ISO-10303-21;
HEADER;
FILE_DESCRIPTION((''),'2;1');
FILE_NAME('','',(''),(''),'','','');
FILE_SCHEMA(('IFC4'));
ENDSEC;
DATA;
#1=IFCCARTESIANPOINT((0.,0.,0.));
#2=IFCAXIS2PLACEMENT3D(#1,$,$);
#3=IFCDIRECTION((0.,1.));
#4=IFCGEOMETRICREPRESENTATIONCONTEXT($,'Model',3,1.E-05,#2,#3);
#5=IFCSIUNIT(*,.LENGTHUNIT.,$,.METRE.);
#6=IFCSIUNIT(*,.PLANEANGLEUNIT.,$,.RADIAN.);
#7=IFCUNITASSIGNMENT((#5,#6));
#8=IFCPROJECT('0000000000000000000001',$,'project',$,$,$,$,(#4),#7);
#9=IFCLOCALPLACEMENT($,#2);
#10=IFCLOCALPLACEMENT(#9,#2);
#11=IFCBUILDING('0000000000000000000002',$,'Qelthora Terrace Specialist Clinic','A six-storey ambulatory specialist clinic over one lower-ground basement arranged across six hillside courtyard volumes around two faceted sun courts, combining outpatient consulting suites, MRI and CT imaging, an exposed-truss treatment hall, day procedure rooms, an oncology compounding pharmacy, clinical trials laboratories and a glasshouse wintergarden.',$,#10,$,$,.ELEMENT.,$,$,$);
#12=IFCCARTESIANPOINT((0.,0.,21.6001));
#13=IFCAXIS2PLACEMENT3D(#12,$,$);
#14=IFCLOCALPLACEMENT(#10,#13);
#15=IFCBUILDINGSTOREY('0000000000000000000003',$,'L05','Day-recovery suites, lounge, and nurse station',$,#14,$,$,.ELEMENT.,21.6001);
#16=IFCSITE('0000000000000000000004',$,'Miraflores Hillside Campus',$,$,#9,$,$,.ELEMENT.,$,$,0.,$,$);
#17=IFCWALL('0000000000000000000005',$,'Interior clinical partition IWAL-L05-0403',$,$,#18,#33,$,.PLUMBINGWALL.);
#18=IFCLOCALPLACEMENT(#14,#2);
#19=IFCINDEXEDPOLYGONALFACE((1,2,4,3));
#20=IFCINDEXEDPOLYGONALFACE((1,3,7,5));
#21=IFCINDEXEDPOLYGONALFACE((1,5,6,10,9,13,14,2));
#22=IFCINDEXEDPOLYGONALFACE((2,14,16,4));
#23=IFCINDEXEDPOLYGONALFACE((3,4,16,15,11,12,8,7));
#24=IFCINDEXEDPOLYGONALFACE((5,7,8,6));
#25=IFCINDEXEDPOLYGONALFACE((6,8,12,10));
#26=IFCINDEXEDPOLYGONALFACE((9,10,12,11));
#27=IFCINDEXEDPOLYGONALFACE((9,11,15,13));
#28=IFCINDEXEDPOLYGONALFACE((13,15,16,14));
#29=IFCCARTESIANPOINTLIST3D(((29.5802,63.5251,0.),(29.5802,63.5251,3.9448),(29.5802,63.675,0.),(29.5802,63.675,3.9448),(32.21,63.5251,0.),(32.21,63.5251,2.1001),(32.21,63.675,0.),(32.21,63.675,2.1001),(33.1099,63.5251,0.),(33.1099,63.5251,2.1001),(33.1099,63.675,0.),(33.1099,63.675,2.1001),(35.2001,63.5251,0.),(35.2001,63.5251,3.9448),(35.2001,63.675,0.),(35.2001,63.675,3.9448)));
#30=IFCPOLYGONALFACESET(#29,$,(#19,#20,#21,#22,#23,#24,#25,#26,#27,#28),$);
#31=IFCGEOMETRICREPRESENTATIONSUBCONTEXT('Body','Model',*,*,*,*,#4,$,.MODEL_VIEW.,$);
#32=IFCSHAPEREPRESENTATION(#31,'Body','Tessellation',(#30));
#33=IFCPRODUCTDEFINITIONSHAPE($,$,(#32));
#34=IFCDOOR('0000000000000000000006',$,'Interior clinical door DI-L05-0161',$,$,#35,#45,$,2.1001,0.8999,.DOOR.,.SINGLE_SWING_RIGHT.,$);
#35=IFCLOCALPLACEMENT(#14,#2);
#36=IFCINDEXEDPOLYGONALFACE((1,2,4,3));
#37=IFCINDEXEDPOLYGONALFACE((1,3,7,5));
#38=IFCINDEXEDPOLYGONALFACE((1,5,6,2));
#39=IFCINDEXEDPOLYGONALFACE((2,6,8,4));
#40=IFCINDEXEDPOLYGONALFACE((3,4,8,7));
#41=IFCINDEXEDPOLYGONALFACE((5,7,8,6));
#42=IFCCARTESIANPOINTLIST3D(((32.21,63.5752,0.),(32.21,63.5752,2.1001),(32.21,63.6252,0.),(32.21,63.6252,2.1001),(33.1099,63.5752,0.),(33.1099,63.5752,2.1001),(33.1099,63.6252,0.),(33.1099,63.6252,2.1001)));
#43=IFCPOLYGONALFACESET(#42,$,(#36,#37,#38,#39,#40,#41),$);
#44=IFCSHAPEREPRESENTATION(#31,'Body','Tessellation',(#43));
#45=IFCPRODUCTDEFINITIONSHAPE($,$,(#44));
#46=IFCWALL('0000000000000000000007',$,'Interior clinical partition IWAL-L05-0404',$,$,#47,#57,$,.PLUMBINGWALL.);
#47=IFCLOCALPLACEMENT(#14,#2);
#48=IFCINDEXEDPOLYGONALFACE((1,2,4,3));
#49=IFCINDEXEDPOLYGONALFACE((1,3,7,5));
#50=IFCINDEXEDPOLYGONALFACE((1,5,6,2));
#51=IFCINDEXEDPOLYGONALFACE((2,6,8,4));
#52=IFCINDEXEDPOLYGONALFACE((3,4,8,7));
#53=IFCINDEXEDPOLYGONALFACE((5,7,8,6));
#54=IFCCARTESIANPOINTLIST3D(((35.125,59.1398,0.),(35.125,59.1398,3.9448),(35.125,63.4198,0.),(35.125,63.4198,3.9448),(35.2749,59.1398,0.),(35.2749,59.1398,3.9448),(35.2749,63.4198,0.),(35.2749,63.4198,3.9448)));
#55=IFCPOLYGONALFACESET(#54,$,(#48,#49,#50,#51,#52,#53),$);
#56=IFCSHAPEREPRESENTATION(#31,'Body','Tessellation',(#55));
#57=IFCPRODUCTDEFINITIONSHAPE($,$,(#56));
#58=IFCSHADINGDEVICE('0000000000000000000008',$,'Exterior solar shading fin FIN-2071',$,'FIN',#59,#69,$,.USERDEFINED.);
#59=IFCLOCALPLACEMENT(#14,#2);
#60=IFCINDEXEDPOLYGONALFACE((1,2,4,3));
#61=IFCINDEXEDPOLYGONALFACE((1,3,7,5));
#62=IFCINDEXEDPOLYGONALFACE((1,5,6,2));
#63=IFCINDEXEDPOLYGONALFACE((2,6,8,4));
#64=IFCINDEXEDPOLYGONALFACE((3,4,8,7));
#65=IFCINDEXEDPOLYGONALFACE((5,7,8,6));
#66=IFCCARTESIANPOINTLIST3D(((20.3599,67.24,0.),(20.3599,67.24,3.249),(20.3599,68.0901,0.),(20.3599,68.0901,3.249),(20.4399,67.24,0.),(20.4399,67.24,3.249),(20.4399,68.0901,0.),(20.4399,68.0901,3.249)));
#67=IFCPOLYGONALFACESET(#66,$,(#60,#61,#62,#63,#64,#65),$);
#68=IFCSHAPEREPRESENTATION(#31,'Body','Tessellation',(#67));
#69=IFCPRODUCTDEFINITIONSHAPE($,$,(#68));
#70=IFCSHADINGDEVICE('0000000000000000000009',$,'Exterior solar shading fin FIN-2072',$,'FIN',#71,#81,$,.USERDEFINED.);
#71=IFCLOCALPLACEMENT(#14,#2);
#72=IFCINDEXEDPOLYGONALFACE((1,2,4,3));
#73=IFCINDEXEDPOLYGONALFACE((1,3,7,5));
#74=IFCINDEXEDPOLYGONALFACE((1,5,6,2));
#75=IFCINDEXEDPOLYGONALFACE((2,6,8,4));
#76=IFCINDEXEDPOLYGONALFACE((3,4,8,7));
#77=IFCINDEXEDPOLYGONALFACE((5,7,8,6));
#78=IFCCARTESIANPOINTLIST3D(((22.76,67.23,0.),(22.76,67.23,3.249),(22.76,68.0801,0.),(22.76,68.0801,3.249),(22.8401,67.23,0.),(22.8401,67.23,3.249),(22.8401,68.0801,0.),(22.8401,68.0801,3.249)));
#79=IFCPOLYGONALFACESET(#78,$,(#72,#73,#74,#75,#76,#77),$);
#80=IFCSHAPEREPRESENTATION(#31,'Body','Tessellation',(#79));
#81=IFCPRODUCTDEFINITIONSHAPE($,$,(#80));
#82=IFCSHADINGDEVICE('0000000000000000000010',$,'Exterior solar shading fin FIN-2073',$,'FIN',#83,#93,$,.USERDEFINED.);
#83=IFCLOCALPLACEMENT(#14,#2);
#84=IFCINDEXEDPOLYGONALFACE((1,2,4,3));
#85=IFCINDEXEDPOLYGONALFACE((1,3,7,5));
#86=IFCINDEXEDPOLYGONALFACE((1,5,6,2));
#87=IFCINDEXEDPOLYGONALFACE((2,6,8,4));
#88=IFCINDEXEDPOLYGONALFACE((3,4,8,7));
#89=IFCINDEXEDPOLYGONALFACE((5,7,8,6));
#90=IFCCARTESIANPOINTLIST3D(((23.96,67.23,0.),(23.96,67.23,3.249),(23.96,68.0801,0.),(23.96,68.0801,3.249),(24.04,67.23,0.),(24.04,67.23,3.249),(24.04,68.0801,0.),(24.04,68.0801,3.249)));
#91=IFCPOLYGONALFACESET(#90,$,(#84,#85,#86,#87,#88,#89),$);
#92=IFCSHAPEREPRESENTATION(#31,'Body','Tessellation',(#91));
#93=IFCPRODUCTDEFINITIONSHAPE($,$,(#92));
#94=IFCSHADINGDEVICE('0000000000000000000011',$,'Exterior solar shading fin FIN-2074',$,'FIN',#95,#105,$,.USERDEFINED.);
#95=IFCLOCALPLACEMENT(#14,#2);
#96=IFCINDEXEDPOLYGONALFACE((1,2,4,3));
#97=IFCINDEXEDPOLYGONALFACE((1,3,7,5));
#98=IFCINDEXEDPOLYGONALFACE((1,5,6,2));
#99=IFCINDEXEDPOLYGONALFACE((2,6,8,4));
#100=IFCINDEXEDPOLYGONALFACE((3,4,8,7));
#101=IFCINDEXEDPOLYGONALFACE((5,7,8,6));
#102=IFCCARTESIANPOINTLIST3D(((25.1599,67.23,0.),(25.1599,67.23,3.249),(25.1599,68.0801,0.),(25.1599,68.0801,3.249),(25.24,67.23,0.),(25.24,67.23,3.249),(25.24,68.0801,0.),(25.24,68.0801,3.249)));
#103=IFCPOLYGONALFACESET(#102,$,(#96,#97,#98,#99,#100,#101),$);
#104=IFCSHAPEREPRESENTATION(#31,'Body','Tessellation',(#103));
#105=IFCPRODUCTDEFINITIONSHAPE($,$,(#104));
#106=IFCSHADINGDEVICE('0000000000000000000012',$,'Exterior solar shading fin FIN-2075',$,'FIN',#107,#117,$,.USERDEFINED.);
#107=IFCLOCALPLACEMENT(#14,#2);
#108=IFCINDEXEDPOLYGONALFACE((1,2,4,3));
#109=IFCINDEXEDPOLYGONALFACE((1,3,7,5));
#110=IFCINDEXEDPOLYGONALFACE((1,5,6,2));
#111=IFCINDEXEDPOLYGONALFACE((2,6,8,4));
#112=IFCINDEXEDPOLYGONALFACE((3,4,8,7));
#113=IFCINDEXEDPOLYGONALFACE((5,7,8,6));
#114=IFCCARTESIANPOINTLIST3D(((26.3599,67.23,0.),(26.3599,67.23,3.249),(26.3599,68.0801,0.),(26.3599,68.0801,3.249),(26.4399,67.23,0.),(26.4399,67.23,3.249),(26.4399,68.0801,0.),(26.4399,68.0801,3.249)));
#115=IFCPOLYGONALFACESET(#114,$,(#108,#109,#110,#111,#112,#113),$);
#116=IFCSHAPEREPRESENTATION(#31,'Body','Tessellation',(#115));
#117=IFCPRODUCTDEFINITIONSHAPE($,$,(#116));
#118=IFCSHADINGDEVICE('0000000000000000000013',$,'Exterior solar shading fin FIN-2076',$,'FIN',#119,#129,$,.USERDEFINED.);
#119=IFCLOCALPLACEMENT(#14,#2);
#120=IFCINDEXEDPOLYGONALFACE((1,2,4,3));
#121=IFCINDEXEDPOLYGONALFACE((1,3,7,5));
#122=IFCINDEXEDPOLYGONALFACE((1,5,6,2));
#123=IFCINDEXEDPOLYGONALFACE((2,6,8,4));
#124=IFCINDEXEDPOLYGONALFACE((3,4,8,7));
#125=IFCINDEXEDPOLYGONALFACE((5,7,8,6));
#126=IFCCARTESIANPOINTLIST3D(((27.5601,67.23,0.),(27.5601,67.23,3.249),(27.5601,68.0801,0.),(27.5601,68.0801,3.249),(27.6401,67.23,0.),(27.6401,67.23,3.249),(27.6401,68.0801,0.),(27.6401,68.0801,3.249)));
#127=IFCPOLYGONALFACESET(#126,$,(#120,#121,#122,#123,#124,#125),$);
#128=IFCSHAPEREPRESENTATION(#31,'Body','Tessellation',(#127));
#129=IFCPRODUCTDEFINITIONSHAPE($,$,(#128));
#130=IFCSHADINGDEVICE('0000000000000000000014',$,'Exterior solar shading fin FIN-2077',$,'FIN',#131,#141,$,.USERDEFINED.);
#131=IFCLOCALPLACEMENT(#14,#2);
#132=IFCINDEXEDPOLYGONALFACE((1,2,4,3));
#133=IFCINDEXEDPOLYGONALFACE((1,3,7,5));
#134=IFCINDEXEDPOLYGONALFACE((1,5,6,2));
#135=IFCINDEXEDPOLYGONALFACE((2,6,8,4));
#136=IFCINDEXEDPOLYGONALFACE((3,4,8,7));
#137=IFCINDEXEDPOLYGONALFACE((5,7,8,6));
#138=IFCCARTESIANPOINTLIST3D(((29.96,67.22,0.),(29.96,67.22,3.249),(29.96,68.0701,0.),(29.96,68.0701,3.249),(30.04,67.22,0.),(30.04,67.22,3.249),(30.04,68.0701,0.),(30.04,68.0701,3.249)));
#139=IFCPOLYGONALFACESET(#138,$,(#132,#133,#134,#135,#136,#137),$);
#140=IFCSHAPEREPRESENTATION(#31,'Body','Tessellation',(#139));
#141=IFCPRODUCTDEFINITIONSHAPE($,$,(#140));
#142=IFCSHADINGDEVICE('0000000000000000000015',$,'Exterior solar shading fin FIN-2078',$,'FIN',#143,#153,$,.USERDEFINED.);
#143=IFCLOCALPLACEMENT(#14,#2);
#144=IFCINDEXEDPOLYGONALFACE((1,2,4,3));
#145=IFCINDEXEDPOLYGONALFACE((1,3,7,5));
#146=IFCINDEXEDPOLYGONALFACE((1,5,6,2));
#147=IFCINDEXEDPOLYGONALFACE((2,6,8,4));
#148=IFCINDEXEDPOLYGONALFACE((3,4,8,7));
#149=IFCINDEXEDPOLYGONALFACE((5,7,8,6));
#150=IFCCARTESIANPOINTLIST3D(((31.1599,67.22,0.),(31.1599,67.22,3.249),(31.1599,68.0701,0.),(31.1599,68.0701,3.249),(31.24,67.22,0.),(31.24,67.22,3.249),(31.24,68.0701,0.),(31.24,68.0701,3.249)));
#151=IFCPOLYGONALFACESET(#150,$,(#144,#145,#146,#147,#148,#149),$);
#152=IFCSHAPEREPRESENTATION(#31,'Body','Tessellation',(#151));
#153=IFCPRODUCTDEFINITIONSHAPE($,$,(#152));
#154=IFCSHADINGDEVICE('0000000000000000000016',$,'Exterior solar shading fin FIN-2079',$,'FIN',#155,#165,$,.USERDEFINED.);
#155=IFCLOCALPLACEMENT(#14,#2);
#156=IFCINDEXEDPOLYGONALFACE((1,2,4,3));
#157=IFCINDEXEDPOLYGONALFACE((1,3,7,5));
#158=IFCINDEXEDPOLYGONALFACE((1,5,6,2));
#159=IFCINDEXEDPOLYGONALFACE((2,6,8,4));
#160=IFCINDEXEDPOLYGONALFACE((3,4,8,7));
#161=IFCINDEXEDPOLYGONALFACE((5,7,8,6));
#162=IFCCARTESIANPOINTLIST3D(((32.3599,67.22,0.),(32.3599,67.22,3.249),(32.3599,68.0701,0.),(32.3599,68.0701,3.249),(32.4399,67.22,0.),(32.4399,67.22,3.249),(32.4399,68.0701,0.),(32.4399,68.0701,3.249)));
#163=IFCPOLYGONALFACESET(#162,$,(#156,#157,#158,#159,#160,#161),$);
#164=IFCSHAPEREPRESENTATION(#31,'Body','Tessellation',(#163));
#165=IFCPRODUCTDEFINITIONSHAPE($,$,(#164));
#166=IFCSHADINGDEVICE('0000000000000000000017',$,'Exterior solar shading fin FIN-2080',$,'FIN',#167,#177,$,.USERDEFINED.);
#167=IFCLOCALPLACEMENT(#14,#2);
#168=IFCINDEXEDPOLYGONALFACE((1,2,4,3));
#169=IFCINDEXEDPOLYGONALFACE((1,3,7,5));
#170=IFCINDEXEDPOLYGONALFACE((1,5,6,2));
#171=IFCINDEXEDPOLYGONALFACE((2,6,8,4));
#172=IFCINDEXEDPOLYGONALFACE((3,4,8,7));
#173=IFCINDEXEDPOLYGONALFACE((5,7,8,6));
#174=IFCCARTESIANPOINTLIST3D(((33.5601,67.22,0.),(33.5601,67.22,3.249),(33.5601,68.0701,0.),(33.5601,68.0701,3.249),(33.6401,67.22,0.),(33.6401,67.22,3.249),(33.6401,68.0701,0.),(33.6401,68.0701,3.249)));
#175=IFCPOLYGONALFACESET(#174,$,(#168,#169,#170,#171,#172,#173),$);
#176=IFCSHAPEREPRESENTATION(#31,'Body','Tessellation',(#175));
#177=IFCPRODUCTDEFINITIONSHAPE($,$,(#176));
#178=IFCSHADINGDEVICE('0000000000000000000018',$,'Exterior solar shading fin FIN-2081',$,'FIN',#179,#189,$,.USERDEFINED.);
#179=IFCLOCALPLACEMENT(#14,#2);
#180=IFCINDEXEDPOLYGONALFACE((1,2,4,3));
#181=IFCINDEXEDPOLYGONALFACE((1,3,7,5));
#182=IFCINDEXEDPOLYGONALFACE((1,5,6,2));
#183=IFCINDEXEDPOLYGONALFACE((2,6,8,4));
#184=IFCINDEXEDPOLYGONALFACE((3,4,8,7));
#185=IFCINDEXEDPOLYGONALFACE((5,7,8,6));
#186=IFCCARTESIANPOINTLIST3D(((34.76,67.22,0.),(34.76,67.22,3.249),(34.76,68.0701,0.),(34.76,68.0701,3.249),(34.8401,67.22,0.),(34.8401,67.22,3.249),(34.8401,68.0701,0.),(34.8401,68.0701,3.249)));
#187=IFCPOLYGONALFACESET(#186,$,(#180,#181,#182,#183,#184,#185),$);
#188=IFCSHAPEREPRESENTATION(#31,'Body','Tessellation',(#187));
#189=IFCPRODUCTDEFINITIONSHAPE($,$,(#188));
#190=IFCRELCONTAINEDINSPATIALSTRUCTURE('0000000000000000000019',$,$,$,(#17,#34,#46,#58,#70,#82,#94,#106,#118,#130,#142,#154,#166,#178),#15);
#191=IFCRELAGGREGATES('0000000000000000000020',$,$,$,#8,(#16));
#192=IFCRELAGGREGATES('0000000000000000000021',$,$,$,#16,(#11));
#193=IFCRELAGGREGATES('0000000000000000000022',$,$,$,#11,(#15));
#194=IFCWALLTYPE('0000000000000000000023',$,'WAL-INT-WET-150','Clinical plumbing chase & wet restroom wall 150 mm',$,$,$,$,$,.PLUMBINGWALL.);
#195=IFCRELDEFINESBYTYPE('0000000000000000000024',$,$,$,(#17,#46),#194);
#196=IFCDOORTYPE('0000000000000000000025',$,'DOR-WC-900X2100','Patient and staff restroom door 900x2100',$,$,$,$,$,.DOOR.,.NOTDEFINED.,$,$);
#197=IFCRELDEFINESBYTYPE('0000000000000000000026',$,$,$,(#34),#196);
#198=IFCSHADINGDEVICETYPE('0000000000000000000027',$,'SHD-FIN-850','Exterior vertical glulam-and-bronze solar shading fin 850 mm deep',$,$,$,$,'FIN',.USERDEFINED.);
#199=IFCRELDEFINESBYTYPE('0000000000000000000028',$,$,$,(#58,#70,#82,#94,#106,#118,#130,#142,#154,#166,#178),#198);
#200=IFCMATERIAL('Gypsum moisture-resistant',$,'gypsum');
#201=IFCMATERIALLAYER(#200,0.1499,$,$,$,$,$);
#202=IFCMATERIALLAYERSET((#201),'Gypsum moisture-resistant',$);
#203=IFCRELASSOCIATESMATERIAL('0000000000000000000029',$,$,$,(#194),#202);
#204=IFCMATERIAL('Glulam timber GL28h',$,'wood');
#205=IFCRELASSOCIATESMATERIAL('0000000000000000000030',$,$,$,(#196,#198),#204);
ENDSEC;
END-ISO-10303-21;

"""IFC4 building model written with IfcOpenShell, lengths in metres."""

from ifc_helpers import new_model, si_unit, direction, frame, frame_2d, origin, origin_2d, place, context, subcontext, project, spatial, rectangle, extrude, material, layer, layer_set, type_object, element, fill, save


model = new_model("IFC4")

# Units and contexts
model_context = context("Model", 3, precision=1e-05, world=origin(), true_north=direction((0.0, 1.0)))
body_context = subcontext(model_context, "Body", "Model", "MODEL_VIEW")
ifc_project = project(units=[si_unit("LENGTHUNIT", "METRE"), si_unit("PLANEANGLEUNIT", "RADIAN")], contexts=[model_context])

# Site, building, storey
site_placement = place(None, origin())
site = spatial("IfcSite", under=ifc_project, at=site_placement, Name="Miraflores Hillside Campus", CompositionType="ELEMENT", RefElevation=0.0)
building_placement = place(site_placement, origin())
building = spatial("IfcBuilding", under=site, at=building_placement, Name="Qelthora Terrace Specialist Clinic", Description="A six-storey ambulatory specialist clinic over one lower-ground basement arranged across six hillside courtyard volumes around two faceted sun courts, combining outpatient consulting suites, MRI and CT imaging, an exposed-truss treatment hall, day procedure rooms, an oncology compounding pharmacy, clinical trials laboratories and a glasshouse wintergarden.", CompositionType="ELEMENT")
storey_placement = place(building_placement, frame((0.0, 0.0, 21.6001)))
storey = spatial("IfcBuildingStorey", under=building, at=storey_placement, Name="L05", Description="Day-recovery suites, lounge, and nurse station", CompositionType="ELEMENT", Elevation=21.6001)

# Shared definitions
ifc_material_1 = material(Name="Glulam timber GL28h", Category="wood")

# Shared definitions
ifc_material_2 = material(Name="Gypsum moisture-resistant", Category="gypsum")
ifc_layer_1 = layer(ifc_material_2, 0.1499)
ifc_layer_set_1 = layer_set([ifc_layer_1], Name="Gypsum moisture-resistant")
wall_type_1 = type_object("IfcWallType", Name="WAL-INT-WET-150", Description="Clinical plumbing chase & wet restroom wall 150 mm", PredefinedType="PLUMBINGWALL", material=ifc_layer_set_1)

# Wall, opening, door
wall_1_placement = place(storey_placement, frame((29.5801, 63.6001, 0.0), z_axis=(0.0, 0.0, 1.0), x_axis=(1.0, 0.0, 0.0)))
wall_1 = element("IfcWall", 1, at=wall_1_placement, inside=storey, type_object=wall_type_1, Name="Interior clinical partition IWAL-L05-0403", PredefinedType="PLUMBINGWALL", context=body_context, shape_type="SweptSolid", body=[
    extrude(rectangle(XDim=5.6199, YDim=0.1499, at=frame_2d((2.8101, 0.0))), origin(), (0.0, 0.0, 1.0), 3.9448),
])
opening_1_placement = place(wall_1_placement, frame((2.6299, 0.0, 0.0)))
opening_1 = element("IfcOpeningElement", 2, at=opening_1_placement, cuts=wall_1, PredefinedType="OPENING", context=body_context, shape_type="SweptSolid", body=[
    extrude(rectangle(XDim=0.8999, YDim=2.1001, at=frame_2d((0.45, 1.05))), frame((0.0, 0.085, 0.0), z_axis=(0.0, -1.0, 0.0), x_axis=(1.0, 0.0, 0.0)), (0.0, 0.0, 1.0), 0.1699),
])
door_type_1 = type_object("IfcDoorType", Name="DOR-WC-900X2100", Description="Patient and staff restroom door 900x2100", OperationType="NOTDEFINED", PredefinedType="DOOR", material=ifc_material_1)
door_1_placement = place(opening_1_placement, frame((0.8999, 0.0, 0.0), z_axis=(0.0, 0.0, 1.0), x_axis=(-1.0, 0.0, 0.0)))
door_1 = element("IfcDoor", 3, at=door_1_placement, inside=storey, type_object=door_type_1, Name="Interior clinical door DI-L05-0161", OperationType="SINGLE_SWING_RIGHT", OverallHeight=2.1001, OverallWidth=0.8999, PredefinedType="DOOR", context=body_context, shape_type="SweptSolid", body=[
    extrude(rectangle(XDim=0.8999, YDim=2.1001, at=frame_2d((0.45, 1.05))), frame((0.0, 0.0249, 0.0), z_axis=(0.0, -1.0, 0.0), x_axis=(1.0, 0.0, 0.0)), (0.0, 0.0, 1.0), 0.05),
])
fill(opening_1, door_1)

# Wall
wall_2_placement = place(storey_placement, frame((35.2, 63.4199, 0.0), z_axis=(0.0, 0.0, 1.0), x_axis=(0.0, -1.0, 0.0)))
element("IfcWall", 4, at=wall_2_placement, inside=storey, type_object=wall_type_1, Name="Interior clinical partition IWAL-L05-0404", PredefinedType="PLUMBINGWALL", context=body_context, shape_type="SweptSolid", body=[
    extrude(rectangle(XDim=4.28, YDim=0.1499, at=frame_2d((2.1401, 0.0))), origin(), (0.0, 0.0, 1.0), 3.9448),
])

# Shading devices
shading_device_type = type_object("IfcShadingDeviceType", Name="SHD-FIN-850", Description="Exterior vertical glulam-and-bronze solar shading fin 850 mm deep", ElementType="FIN", PredefinedType="USERDEFINED", material=ifc_material_1)
for number, where, z_axis, x_axis, name in (
    (5, (20.3999, 67.665, 0.0), (0.0, 0.0, 1.0), (0.0, 1.0, 0.0), "Exterior solar shading fin FIN-2071"),
    (6, (22.8, 67.655, 0.0), (0.0, 0.0, 1.0), (0.0, 1.0, 0.0), "Exterior solar shading fin FIN-2072"),
    (7, (24.0, 67.655, 0.0), (0.0, 0.0, 1.0), (0.0, 1.0, 0.0), "Exterior solar shading fin FIN-2073"),
    (8, (25.2, 67.655, 0.0), (0.0, 0.0, 1.0), (0.0, 1.0, 0.0), "Exterior solar shading fin FIN-2074"),
    (9, (26.3999, 67.655, 0.0), (0.0, 0.0, 1.0), (0.0, 1.0, 0.0), "Exterior solar shading fin FIN-2075"),
    (10, (27.6001, 67.655, 0.0), (0.0, 0.0, 1.0), (0.0, 1.0, 0.0), "Exterior solar shading fin FIN-2076"),
    (11, (30.0, 67.645, 0.0), (0.0, 0.0, 1.0), (0.0, 1.0, 0.0), "Exterior solar shading fin FIN-2077"),
    (12, (31.2, 67.645, 0.0), (0.0, 0.0, 1.0), (0.0, 1.0, 0.0), "Exterior solar shading fin FIN-2078"),
    (13, (32.3999, 67.645, 0.0), (0.0, 0.0, 1.0), (0.0, 1.0, 0.0), "Exterior solar shading fin FIN-2079"),
    (14, (33.6001, 67.645, 0.0), (0.0, 0.0, 1.0), (0.0, 1.0, 0.0), "Exterior solar shading fin FIN-2080"),
    (15, (34.8, 67.645, 0.0), (0.0, 0.0, 1.0), (0.0, 1.0, 0.0), "Exterior solar shading fin FIN-2081"),
):
    element("IfcShadingDevice", number, at=place(storey_placement, frame(where, z_axis=z_axis, x_axis=x_axis)), inside=storey, type_object=shading_device_type, Name=name, ObjectType="FIN", PredefinedType="USERDEFINED", context=body_context, shape_type="SweptSolid", body=[
        extrude(rectangle(XDim=0.8501, YDim=0.0801, at=origin_2d()), origin(), (0.0, 0.0, 1.0), 3.249),
    ])

save(model, "model.ifc")
